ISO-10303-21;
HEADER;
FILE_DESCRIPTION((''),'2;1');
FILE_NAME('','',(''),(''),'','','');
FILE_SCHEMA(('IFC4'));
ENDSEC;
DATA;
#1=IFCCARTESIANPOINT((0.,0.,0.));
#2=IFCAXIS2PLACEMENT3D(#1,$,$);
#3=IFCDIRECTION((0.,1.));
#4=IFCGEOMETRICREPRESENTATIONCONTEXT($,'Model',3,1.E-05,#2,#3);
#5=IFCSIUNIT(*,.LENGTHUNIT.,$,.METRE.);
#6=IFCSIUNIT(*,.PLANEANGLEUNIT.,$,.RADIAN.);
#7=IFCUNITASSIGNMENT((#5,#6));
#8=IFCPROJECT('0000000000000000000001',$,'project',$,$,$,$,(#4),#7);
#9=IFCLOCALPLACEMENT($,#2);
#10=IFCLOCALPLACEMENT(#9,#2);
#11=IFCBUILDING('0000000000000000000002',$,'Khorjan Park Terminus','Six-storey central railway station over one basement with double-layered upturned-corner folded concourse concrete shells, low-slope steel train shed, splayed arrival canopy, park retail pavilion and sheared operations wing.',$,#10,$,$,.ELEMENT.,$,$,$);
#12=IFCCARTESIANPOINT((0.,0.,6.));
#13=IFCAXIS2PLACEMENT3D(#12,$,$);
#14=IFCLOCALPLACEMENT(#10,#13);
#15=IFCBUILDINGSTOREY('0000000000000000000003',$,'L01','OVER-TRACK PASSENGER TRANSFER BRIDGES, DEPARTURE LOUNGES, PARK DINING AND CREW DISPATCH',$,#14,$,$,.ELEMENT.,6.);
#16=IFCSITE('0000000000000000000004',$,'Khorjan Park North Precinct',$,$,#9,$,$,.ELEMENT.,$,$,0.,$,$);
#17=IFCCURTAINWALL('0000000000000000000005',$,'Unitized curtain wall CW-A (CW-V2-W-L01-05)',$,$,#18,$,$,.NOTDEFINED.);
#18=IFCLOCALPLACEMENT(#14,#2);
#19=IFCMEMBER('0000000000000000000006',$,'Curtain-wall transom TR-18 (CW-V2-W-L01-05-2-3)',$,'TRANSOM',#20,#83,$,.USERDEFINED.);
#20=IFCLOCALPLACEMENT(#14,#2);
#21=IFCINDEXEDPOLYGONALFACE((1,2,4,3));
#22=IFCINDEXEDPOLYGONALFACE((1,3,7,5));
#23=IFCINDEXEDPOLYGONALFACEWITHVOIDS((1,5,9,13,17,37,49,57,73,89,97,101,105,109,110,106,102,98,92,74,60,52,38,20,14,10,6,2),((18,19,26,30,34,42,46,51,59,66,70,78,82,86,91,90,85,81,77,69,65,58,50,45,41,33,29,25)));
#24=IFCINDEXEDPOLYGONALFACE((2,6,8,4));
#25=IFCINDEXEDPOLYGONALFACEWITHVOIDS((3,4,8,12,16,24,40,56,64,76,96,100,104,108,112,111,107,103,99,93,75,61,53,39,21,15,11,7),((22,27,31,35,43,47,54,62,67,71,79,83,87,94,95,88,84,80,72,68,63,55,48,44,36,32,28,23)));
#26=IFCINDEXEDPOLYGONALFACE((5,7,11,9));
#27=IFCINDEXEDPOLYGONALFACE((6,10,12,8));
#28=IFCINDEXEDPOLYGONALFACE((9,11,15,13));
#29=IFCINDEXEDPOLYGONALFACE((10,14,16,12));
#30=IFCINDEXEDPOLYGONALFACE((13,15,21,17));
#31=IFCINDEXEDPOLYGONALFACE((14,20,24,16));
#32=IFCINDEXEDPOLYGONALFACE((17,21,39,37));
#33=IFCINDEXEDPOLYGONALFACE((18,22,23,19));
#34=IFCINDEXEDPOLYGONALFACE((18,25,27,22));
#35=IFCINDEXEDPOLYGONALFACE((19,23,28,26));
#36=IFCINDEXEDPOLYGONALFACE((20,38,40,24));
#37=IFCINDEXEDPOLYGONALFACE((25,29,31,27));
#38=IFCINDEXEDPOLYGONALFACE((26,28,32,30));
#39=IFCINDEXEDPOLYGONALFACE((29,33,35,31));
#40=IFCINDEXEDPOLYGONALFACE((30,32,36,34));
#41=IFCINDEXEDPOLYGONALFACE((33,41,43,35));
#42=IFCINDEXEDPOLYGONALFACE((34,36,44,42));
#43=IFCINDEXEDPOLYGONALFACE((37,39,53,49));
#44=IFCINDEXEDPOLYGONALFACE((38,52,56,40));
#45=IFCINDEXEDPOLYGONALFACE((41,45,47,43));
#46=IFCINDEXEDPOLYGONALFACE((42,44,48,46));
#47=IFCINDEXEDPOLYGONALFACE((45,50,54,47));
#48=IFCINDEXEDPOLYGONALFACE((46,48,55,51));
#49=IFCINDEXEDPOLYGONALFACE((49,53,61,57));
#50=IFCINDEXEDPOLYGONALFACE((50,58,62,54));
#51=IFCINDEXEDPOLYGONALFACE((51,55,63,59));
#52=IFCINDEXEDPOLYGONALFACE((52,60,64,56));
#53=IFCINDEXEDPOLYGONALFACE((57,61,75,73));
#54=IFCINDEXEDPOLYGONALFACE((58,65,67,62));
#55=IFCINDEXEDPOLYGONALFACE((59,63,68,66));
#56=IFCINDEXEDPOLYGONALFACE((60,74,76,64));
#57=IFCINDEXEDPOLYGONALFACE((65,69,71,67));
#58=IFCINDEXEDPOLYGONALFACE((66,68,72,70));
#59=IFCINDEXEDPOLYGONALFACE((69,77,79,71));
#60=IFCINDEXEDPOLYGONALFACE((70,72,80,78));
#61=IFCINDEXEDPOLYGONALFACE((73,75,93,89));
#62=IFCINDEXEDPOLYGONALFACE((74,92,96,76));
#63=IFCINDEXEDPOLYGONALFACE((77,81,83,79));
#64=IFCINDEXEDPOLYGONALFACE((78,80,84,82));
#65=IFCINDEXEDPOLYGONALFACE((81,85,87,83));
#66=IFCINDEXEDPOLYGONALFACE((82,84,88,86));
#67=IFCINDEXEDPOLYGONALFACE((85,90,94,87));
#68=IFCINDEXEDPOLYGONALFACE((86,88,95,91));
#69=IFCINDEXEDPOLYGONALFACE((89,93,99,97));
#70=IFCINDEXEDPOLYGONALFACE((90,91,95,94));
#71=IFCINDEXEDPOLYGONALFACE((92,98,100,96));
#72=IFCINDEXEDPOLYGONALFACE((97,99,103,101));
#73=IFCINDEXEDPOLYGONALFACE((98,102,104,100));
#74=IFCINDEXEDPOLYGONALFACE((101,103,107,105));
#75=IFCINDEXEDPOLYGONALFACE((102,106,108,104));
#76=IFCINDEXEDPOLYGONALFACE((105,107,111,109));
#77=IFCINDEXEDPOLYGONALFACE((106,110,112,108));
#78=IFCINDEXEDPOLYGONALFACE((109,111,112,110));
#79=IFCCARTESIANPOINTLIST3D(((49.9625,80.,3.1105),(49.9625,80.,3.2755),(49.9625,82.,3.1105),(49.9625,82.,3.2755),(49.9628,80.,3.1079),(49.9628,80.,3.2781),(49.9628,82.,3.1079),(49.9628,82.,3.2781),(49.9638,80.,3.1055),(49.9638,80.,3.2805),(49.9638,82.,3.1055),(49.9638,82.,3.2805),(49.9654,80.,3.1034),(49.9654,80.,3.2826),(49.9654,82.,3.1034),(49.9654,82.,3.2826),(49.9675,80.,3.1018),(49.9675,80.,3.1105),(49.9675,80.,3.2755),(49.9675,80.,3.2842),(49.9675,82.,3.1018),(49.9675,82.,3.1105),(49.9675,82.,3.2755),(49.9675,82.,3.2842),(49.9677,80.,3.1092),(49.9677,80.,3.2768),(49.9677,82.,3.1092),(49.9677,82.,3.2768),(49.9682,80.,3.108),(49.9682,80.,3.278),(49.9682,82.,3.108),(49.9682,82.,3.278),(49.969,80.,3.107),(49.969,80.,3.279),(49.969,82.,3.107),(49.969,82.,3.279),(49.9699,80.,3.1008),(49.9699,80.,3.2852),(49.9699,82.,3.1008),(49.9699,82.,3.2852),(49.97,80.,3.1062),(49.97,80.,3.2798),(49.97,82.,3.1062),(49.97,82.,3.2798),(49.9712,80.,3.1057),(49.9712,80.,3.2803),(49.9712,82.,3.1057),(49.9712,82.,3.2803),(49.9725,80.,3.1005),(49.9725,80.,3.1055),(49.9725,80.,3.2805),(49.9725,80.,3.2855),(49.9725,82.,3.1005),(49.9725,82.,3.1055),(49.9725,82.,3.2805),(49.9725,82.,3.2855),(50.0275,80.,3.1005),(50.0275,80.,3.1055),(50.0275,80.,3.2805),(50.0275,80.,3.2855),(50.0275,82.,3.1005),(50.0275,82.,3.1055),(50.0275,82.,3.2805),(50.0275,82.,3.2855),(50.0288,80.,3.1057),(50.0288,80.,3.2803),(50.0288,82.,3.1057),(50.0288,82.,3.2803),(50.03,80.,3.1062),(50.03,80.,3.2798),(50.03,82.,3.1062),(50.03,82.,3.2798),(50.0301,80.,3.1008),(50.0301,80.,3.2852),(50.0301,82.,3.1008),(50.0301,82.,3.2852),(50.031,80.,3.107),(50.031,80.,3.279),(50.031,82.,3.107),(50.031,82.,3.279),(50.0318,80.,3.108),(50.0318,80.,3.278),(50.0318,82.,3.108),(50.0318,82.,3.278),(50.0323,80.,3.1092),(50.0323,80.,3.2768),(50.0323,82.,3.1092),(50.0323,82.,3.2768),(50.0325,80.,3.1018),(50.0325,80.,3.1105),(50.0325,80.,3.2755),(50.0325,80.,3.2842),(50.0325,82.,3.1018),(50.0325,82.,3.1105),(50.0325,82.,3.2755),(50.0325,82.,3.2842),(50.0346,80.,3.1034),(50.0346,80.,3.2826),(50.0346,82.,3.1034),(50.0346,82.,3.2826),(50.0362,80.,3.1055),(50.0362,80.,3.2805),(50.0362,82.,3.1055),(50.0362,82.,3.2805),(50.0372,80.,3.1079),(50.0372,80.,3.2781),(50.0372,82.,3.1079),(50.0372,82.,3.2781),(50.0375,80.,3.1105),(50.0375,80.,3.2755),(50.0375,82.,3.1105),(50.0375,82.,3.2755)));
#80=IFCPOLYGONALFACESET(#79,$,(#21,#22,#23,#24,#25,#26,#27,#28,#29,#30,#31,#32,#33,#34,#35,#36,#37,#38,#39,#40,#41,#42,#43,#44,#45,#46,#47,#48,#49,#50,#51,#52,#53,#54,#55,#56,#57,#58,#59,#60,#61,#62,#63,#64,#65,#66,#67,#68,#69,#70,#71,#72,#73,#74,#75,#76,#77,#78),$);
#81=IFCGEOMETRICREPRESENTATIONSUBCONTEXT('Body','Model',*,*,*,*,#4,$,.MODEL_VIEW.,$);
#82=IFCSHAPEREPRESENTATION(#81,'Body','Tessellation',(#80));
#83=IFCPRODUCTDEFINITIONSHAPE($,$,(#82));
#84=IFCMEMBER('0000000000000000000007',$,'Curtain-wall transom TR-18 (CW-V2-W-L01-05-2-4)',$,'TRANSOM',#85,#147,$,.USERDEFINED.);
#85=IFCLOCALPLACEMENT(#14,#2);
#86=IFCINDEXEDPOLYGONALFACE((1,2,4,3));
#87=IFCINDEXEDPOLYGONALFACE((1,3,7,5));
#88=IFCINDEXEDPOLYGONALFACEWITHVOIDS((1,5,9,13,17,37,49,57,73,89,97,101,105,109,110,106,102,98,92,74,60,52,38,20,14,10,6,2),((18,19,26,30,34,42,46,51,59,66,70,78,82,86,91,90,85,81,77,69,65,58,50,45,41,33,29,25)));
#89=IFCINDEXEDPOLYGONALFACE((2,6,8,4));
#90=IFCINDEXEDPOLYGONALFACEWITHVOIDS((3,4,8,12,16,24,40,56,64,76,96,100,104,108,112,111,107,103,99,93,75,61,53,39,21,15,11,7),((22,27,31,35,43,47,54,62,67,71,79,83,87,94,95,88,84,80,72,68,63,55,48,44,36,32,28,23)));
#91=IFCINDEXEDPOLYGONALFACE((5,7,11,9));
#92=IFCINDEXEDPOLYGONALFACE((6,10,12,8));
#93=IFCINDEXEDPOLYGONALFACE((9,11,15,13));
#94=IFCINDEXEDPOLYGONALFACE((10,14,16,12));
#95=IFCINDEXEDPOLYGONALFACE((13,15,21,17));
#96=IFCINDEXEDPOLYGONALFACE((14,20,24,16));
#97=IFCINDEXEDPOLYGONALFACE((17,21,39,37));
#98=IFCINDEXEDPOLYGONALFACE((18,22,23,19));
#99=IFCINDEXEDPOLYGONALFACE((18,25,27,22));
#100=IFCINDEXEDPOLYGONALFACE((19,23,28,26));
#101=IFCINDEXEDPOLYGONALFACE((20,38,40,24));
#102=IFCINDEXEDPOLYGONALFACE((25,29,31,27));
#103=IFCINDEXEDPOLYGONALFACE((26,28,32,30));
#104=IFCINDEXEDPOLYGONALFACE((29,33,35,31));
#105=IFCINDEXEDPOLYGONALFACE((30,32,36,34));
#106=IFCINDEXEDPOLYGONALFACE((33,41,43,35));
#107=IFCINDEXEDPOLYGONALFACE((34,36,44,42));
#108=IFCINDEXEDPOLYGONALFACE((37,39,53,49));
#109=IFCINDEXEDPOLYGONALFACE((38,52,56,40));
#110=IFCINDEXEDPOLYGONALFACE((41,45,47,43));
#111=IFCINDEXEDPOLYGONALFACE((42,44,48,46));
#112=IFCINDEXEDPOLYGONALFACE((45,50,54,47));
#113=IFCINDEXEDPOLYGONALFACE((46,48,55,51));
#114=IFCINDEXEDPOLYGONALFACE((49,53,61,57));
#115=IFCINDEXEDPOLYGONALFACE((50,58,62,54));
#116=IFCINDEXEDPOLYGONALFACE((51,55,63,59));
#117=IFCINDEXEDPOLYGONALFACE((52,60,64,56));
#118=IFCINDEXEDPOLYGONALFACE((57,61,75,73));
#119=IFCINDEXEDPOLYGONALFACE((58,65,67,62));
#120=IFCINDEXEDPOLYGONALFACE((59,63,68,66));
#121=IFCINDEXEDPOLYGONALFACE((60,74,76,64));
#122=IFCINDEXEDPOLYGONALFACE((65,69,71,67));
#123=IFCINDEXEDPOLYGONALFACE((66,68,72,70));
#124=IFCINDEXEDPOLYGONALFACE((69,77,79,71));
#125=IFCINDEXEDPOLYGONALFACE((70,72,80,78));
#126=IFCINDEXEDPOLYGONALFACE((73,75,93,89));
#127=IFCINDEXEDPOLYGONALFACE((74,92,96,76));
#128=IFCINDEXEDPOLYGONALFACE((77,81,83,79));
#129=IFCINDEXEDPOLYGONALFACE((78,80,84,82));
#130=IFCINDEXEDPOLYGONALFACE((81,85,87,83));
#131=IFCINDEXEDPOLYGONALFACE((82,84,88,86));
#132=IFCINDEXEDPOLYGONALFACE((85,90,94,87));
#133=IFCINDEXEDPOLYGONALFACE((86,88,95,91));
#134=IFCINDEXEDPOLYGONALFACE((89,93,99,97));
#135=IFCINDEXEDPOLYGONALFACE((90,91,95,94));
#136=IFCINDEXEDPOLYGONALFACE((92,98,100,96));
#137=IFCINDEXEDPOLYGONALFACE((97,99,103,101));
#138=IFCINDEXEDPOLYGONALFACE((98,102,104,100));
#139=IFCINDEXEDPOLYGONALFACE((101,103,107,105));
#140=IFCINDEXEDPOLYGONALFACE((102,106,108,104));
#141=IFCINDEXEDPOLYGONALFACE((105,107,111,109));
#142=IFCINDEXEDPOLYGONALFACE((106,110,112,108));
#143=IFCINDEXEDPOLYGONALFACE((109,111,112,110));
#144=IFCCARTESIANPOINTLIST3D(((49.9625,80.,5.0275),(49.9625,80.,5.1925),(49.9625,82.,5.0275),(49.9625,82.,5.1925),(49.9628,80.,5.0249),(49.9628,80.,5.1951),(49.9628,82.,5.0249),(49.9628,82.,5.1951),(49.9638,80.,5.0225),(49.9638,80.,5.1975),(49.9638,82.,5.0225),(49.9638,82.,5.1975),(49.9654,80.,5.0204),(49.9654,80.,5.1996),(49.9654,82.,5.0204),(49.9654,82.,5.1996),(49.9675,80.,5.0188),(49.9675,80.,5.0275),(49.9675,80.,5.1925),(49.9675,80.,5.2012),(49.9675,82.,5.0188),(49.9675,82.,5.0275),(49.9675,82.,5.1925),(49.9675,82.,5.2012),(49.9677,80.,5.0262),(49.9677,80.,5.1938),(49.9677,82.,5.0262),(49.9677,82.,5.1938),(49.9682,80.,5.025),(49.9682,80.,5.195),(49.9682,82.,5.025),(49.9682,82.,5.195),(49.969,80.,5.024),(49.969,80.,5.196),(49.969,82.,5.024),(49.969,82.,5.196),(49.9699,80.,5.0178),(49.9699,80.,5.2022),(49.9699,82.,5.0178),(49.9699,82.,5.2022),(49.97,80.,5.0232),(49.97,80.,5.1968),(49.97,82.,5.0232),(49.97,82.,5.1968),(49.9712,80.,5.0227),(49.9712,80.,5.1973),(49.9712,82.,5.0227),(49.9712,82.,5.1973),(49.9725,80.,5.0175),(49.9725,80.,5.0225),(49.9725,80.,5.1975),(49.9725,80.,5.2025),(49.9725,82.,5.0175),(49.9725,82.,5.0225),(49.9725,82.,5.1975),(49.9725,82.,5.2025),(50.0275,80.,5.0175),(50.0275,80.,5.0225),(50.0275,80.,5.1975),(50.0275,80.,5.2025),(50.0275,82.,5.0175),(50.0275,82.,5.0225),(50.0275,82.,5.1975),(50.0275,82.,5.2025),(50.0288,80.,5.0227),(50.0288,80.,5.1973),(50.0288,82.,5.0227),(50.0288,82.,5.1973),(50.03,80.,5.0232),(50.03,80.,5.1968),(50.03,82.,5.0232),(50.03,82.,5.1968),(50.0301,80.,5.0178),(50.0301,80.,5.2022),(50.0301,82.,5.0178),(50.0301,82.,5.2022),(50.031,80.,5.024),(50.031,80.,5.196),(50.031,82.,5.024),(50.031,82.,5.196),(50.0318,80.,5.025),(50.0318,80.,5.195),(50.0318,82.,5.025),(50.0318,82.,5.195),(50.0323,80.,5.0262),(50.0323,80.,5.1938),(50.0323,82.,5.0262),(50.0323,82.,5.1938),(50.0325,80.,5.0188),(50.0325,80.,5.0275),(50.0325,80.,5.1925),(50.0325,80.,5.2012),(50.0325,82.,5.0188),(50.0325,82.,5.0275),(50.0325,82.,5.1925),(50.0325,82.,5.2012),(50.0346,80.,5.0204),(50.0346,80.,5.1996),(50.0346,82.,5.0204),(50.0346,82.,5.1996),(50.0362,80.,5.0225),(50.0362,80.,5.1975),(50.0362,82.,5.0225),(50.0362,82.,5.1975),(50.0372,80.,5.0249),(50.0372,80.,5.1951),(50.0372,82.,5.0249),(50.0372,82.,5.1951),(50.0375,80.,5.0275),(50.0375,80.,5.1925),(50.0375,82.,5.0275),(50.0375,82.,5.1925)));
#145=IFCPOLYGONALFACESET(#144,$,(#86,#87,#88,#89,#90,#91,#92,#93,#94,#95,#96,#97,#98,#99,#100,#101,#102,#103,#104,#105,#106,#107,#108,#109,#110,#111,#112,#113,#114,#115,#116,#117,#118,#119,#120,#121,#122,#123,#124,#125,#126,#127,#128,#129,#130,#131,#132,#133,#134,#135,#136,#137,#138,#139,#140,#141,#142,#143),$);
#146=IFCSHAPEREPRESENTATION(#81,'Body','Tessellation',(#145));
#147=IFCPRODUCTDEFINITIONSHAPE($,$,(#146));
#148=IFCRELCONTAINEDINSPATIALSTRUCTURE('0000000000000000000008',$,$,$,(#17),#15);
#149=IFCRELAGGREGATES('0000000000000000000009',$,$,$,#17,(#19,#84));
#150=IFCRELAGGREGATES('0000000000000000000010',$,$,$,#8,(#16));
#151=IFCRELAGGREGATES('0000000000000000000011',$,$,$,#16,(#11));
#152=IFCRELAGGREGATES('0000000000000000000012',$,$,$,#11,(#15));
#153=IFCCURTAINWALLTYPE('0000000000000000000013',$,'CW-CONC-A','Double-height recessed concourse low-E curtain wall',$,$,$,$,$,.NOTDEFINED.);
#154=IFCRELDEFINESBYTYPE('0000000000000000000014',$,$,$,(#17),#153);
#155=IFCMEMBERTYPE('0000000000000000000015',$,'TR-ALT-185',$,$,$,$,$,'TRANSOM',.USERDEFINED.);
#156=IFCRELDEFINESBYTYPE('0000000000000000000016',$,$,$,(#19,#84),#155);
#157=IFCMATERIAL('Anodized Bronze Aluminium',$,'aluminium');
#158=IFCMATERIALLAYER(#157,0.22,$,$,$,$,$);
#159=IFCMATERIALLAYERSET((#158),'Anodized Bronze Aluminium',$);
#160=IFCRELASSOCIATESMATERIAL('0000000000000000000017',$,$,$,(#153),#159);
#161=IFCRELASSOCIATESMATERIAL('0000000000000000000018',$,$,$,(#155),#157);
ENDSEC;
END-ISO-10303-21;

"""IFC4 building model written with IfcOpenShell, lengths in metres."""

from ifc_helpers import new_model, si_unit, direction, frame, origin, origin_2d, place, context, subcontext, project, spatial, hollow_rectangle, extrude, material, layer, layer_set, material_profile, profile_set, type_object, element, aggregate, save


model = new_model("IFC4")

# Units and contexts
model_context = context("Model", 3, precision=1e-05, world=origin(), true_north=direction((0.0, 1.0)))
body_context = subcontext(model_context, "Body", "Model", "MODEL_VIEW")
ifc_project = project(units=[si_unit("LENGTHUNIT", "METRE"), si_unit("PLANEANGLEUNIT", "RADIAN")], contexts=[model_context])

# Site, building, storey
site_placement = place(None, origin())
site = spatial("IfcSite", under=ifc_project, at=site_placement, Name="Khorjan Park North Precinct", CompositionType="ELEMENT", RefElevation=0.0)
building_placement = place(site_placement, origin())
building = spatial("IfcBuilding", under=site, at=building_placement, Name="Khorjan Park Terminus", Description="Six-storey central railway station over one basement with double-layered upturned-corner folded concourse concrete shells, low-slope steel train shed, splayed arrival canopy, park retail pavilion and sheared operations wing.", CompositionType="ELEMENT")
storey_placement = place(building_placement, frame((0.0, 0.0, 6.0)))
storey = spatial("IfcBuildingStorey", under=building, at=storey_placement, Name="L01", Description="OVER-TRACK PASSENGER TRANSFER BRIDGES, DEPARTURE LOUNGES, PARK DINING AND CREW DISPATCH", CompositionType="ELEMENT", Elevation=6.0)

# Shared definitions
ifc_material_1 = material(Name="Anodized Bronze Aluminium", Category="aluminium")
ifc_layer_1 = layer(ifc_material_1, 0.22)
ifc_layer_set_1 = layer_set([ifc_layer_1], Name="Anodized Bronze Aluminium")
curtain_wall_type = type_object("IfcCurtainWallType", Name="CW-CONC-A", Description="Double-height recessed concourse low-E curtain wall", PredefinedType="NOTDEFINED", material=ifc_layer_set_1)

# Curtain wall
curtain_wall_1_placement = place(storey_placement, origin())
curtain_wall_1 = element("IfcCurtainWall", 1, at=curtain_wall_1_placement, inside=storey, type_object=curtain_wall_type, Name="Unitized curtain wall CW-A (CW-V2-W-L01-05)", PredefinedType="NOTDEFINED")

# Members
ifc_material_profile_1 = material_profile(ifc_material_1, hollow_rectangle(XDim=0.075, YDim=0.185, WallThickness=0.005, InnerFilletRadius=0.005, OuterFilletRadius=0.01, at=origin_2d()), Name="ALT 75x185x5")
ifc_profile_set_1 = profile_set([ifc_material_profile_1], Name="Anodized Bronze Aluminium")
member_type_1 = type_object("IfcMemberType", Name="TR-ALT-185", ElementType="TRANSOM", PredefinedType="USERDEFINED", material=ifc_profile_set_1)
member_1_placement = place(storey_placement, frame((50.0, 82.0, 3.193), z_axis=(0.0, -1.0, 0.0), x_axis=(1.0, 0.0, 0.0)))
member_1 = element("IfcMember", 2, at=member_1_placement, type_object=member_type_1, Name="Curtain-wall transom TR-18 (CW-V2-W-L01-05-2-3)", ObjectType="TRANSOM", PredefinedType="USERDEFINED", context=body_context, shape_type="SweptSolid", body=[
    extrude(hollow_rectangle(XDim=0.075, YDim=0.185, WallThickness=0.005, InnerFilletRadius=0.005, OuterFilletRadius=0.01, at=origin_2d()), origin(), (0.0, 0.0, 1.0), 2.0),
])
member_2_placement = place(storey_placement, frame((50.0, 82.0, 5.11), z_axis=(0.0, -1.0, 0.0), x_axis=(1.0, 0.0, 0.0)))
member_2 = element("IfcMember", 3, at=member_2_placement, type_object=member_type_1, Name="Curtain-wall transom TR-18 (CW-V2-W-L01-05-2-4)", ObjectType="TRANSOM", PredefinedType="USERDEFINED", context=body_context, shape_type="SweptSolid", body=[
    extrude(hollow_rectangle(XDim=0.075, YDim=0.185, WallThickness=0.005, InnerFilletRadius=0.005, OuterFilletRadius=0.01, at=origin_2d()), origin(), (0.0, 0.0, 1.0), 2.0),
])

aggregate(curtain_wall_1, [member_1, member_2])

save(model, "model.ifc")
